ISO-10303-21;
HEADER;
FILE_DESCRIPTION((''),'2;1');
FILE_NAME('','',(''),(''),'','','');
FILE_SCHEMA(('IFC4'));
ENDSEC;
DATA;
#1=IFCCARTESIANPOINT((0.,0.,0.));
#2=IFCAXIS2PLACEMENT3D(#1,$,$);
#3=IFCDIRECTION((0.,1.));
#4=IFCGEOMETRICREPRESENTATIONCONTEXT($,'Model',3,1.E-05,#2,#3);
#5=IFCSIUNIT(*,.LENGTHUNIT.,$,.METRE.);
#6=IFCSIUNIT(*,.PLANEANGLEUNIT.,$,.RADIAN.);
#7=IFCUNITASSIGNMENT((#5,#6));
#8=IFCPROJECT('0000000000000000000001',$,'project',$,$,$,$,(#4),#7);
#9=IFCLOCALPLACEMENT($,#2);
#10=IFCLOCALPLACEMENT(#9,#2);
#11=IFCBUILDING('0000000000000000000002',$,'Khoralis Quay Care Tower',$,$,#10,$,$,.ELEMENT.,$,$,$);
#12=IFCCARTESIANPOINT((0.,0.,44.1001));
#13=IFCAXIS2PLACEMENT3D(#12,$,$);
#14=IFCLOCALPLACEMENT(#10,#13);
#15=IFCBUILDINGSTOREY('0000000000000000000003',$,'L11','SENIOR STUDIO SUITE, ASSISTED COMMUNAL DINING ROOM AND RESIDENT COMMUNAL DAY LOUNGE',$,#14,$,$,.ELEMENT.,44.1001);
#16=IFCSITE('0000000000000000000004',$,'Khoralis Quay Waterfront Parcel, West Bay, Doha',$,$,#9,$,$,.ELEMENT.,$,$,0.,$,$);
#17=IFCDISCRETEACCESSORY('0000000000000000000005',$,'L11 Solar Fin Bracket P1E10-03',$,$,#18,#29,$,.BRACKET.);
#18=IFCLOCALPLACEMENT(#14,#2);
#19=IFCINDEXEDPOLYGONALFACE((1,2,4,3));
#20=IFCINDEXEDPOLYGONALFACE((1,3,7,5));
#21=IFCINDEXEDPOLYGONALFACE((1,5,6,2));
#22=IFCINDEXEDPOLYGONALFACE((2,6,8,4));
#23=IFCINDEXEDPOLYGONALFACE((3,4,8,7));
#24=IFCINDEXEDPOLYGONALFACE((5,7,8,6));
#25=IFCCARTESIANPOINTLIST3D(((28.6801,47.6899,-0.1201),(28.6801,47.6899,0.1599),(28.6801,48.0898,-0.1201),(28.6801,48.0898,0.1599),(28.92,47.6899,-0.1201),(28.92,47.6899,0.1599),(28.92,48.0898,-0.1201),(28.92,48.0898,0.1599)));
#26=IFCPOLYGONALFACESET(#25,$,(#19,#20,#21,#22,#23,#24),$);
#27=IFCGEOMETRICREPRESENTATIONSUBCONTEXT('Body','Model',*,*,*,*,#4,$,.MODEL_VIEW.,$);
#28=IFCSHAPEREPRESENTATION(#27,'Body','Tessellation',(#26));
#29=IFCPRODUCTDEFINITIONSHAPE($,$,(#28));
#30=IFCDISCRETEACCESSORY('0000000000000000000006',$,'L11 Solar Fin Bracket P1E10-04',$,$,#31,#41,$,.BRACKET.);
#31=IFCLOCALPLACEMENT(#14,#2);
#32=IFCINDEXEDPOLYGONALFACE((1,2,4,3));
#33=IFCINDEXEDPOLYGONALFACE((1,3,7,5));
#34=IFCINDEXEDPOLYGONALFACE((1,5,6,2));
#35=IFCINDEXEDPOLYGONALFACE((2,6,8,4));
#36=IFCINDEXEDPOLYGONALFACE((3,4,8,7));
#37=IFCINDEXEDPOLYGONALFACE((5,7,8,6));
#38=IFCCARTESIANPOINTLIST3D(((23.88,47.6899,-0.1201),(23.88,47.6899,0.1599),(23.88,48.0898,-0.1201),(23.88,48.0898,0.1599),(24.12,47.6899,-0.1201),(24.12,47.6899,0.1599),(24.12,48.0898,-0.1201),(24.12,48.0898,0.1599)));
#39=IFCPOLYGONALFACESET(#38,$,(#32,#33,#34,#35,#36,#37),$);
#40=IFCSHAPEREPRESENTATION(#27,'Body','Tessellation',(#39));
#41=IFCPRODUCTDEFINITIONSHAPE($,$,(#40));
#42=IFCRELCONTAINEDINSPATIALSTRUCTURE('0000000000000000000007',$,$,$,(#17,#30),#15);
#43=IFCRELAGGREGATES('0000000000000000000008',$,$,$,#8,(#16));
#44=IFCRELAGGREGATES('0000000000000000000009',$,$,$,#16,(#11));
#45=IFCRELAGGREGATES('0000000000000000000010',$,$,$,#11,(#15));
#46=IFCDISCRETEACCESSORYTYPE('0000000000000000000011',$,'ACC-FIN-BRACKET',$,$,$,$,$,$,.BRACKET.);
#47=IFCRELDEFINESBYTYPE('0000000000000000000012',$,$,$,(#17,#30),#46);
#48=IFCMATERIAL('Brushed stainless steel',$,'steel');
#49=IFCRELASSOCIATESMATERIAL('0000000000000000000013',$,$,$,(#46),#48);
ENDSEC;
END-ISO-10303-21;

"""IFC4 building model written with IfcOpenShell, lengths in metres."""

from ifc_helpers import new_model, si_unit, direction, frame, origin, origin_2d, place, context, subcontext, project, spatial, rectangle, extrude, source, transform, mapped, material, type_object, element, save


model = new_model("IFC4")

# Units and contexts
model_context = context("Model", 3, precision=1e-05, world=origin(), true_north=direction((0.0, 1.0)))
body_context = subcontext(model_context, "Body", "Model", "MODEL_VIEW")
ifc_project = project(units=[si_unit("LENGTHUNIT", "METRE"), si_unit("PLANEANGLEUNIT", "RADIAN")], contexts=[model_context])

# Site, building, storey
site_placement = place(None, origin())
site = spatial("IfcSite", under=ifc_project, at=site_placement, Name="Khoralis Quay Waterfront Parcel, West Bay, Doha", CompositionType="ELEMENT", RefElevation=0.0)
building_placement = place(site_placement, origin())
building = spatial("IfcBuilding", under=site, at=building_placement, Name="Khoralis Quay Care Tower", CompositionType="ELEMENT")
storey_placement = place(building_placement, frame((0.0, 0.0, 44.1001)))
storey = spatial("IfcBuildingStorey", under=building, at=storey_placement, Name="L11", Description="SENIOR STUDIO SUITE, ASSISTED COMMUNAL DINING ROOM AND RESIDENT COMMUNAL DAY LOUNGE", CompositionType="ELEMENT", Elevation=44.1001)

# Discrete accessories
ifc_material_1 = material(Name="Brushed stainless steel", Category="steel")
discrete_accessory_type = type_object("IfcDiscreteAccessoryType", Name="ACC-FIN-BRACKET", PredefinedType="BRACKET", material=ifc_material_1)
shared_shape_1 = source(origin(), body_context, "Body", "SweptSolid", [
    extrude(rectangle(XDim=0.3999, YDim=0.24, at=origin_2d()), origin(), (0.0, 0.0, 1.0), 0.28),
])
for number, where, z_axis, x_axis, name in (
    (1, (28.8, 47.8899, -0.1201), (0.0, 0.0, 1.0), (0.0, 1.0, 0.0), "L11 Solar Fin Bracket P1E10-03"),
    (2, (24.0, 47.8899, -0.1201), (0.0, 0.0, 1.0), (0.0, 1.0, 0.0), "L11 Solar Fin Bracket P1E10-04"),
):
    element("IfcDiscreteAccessory", number, at=place(storey_placement, frame(where, z_axis=z_axis, x_axis=x_axis)), inside=storey, type_object=discrete_accessory_type, Name=name, PredefinedType="BRACKET", context=body_context, shape_type="MappedRepresentation", body=[
        mapped(shared_shape_1, transform((0.0, 0.0, 0.0), scale=1.0)),
    ])

save(model, "model.ifc")
